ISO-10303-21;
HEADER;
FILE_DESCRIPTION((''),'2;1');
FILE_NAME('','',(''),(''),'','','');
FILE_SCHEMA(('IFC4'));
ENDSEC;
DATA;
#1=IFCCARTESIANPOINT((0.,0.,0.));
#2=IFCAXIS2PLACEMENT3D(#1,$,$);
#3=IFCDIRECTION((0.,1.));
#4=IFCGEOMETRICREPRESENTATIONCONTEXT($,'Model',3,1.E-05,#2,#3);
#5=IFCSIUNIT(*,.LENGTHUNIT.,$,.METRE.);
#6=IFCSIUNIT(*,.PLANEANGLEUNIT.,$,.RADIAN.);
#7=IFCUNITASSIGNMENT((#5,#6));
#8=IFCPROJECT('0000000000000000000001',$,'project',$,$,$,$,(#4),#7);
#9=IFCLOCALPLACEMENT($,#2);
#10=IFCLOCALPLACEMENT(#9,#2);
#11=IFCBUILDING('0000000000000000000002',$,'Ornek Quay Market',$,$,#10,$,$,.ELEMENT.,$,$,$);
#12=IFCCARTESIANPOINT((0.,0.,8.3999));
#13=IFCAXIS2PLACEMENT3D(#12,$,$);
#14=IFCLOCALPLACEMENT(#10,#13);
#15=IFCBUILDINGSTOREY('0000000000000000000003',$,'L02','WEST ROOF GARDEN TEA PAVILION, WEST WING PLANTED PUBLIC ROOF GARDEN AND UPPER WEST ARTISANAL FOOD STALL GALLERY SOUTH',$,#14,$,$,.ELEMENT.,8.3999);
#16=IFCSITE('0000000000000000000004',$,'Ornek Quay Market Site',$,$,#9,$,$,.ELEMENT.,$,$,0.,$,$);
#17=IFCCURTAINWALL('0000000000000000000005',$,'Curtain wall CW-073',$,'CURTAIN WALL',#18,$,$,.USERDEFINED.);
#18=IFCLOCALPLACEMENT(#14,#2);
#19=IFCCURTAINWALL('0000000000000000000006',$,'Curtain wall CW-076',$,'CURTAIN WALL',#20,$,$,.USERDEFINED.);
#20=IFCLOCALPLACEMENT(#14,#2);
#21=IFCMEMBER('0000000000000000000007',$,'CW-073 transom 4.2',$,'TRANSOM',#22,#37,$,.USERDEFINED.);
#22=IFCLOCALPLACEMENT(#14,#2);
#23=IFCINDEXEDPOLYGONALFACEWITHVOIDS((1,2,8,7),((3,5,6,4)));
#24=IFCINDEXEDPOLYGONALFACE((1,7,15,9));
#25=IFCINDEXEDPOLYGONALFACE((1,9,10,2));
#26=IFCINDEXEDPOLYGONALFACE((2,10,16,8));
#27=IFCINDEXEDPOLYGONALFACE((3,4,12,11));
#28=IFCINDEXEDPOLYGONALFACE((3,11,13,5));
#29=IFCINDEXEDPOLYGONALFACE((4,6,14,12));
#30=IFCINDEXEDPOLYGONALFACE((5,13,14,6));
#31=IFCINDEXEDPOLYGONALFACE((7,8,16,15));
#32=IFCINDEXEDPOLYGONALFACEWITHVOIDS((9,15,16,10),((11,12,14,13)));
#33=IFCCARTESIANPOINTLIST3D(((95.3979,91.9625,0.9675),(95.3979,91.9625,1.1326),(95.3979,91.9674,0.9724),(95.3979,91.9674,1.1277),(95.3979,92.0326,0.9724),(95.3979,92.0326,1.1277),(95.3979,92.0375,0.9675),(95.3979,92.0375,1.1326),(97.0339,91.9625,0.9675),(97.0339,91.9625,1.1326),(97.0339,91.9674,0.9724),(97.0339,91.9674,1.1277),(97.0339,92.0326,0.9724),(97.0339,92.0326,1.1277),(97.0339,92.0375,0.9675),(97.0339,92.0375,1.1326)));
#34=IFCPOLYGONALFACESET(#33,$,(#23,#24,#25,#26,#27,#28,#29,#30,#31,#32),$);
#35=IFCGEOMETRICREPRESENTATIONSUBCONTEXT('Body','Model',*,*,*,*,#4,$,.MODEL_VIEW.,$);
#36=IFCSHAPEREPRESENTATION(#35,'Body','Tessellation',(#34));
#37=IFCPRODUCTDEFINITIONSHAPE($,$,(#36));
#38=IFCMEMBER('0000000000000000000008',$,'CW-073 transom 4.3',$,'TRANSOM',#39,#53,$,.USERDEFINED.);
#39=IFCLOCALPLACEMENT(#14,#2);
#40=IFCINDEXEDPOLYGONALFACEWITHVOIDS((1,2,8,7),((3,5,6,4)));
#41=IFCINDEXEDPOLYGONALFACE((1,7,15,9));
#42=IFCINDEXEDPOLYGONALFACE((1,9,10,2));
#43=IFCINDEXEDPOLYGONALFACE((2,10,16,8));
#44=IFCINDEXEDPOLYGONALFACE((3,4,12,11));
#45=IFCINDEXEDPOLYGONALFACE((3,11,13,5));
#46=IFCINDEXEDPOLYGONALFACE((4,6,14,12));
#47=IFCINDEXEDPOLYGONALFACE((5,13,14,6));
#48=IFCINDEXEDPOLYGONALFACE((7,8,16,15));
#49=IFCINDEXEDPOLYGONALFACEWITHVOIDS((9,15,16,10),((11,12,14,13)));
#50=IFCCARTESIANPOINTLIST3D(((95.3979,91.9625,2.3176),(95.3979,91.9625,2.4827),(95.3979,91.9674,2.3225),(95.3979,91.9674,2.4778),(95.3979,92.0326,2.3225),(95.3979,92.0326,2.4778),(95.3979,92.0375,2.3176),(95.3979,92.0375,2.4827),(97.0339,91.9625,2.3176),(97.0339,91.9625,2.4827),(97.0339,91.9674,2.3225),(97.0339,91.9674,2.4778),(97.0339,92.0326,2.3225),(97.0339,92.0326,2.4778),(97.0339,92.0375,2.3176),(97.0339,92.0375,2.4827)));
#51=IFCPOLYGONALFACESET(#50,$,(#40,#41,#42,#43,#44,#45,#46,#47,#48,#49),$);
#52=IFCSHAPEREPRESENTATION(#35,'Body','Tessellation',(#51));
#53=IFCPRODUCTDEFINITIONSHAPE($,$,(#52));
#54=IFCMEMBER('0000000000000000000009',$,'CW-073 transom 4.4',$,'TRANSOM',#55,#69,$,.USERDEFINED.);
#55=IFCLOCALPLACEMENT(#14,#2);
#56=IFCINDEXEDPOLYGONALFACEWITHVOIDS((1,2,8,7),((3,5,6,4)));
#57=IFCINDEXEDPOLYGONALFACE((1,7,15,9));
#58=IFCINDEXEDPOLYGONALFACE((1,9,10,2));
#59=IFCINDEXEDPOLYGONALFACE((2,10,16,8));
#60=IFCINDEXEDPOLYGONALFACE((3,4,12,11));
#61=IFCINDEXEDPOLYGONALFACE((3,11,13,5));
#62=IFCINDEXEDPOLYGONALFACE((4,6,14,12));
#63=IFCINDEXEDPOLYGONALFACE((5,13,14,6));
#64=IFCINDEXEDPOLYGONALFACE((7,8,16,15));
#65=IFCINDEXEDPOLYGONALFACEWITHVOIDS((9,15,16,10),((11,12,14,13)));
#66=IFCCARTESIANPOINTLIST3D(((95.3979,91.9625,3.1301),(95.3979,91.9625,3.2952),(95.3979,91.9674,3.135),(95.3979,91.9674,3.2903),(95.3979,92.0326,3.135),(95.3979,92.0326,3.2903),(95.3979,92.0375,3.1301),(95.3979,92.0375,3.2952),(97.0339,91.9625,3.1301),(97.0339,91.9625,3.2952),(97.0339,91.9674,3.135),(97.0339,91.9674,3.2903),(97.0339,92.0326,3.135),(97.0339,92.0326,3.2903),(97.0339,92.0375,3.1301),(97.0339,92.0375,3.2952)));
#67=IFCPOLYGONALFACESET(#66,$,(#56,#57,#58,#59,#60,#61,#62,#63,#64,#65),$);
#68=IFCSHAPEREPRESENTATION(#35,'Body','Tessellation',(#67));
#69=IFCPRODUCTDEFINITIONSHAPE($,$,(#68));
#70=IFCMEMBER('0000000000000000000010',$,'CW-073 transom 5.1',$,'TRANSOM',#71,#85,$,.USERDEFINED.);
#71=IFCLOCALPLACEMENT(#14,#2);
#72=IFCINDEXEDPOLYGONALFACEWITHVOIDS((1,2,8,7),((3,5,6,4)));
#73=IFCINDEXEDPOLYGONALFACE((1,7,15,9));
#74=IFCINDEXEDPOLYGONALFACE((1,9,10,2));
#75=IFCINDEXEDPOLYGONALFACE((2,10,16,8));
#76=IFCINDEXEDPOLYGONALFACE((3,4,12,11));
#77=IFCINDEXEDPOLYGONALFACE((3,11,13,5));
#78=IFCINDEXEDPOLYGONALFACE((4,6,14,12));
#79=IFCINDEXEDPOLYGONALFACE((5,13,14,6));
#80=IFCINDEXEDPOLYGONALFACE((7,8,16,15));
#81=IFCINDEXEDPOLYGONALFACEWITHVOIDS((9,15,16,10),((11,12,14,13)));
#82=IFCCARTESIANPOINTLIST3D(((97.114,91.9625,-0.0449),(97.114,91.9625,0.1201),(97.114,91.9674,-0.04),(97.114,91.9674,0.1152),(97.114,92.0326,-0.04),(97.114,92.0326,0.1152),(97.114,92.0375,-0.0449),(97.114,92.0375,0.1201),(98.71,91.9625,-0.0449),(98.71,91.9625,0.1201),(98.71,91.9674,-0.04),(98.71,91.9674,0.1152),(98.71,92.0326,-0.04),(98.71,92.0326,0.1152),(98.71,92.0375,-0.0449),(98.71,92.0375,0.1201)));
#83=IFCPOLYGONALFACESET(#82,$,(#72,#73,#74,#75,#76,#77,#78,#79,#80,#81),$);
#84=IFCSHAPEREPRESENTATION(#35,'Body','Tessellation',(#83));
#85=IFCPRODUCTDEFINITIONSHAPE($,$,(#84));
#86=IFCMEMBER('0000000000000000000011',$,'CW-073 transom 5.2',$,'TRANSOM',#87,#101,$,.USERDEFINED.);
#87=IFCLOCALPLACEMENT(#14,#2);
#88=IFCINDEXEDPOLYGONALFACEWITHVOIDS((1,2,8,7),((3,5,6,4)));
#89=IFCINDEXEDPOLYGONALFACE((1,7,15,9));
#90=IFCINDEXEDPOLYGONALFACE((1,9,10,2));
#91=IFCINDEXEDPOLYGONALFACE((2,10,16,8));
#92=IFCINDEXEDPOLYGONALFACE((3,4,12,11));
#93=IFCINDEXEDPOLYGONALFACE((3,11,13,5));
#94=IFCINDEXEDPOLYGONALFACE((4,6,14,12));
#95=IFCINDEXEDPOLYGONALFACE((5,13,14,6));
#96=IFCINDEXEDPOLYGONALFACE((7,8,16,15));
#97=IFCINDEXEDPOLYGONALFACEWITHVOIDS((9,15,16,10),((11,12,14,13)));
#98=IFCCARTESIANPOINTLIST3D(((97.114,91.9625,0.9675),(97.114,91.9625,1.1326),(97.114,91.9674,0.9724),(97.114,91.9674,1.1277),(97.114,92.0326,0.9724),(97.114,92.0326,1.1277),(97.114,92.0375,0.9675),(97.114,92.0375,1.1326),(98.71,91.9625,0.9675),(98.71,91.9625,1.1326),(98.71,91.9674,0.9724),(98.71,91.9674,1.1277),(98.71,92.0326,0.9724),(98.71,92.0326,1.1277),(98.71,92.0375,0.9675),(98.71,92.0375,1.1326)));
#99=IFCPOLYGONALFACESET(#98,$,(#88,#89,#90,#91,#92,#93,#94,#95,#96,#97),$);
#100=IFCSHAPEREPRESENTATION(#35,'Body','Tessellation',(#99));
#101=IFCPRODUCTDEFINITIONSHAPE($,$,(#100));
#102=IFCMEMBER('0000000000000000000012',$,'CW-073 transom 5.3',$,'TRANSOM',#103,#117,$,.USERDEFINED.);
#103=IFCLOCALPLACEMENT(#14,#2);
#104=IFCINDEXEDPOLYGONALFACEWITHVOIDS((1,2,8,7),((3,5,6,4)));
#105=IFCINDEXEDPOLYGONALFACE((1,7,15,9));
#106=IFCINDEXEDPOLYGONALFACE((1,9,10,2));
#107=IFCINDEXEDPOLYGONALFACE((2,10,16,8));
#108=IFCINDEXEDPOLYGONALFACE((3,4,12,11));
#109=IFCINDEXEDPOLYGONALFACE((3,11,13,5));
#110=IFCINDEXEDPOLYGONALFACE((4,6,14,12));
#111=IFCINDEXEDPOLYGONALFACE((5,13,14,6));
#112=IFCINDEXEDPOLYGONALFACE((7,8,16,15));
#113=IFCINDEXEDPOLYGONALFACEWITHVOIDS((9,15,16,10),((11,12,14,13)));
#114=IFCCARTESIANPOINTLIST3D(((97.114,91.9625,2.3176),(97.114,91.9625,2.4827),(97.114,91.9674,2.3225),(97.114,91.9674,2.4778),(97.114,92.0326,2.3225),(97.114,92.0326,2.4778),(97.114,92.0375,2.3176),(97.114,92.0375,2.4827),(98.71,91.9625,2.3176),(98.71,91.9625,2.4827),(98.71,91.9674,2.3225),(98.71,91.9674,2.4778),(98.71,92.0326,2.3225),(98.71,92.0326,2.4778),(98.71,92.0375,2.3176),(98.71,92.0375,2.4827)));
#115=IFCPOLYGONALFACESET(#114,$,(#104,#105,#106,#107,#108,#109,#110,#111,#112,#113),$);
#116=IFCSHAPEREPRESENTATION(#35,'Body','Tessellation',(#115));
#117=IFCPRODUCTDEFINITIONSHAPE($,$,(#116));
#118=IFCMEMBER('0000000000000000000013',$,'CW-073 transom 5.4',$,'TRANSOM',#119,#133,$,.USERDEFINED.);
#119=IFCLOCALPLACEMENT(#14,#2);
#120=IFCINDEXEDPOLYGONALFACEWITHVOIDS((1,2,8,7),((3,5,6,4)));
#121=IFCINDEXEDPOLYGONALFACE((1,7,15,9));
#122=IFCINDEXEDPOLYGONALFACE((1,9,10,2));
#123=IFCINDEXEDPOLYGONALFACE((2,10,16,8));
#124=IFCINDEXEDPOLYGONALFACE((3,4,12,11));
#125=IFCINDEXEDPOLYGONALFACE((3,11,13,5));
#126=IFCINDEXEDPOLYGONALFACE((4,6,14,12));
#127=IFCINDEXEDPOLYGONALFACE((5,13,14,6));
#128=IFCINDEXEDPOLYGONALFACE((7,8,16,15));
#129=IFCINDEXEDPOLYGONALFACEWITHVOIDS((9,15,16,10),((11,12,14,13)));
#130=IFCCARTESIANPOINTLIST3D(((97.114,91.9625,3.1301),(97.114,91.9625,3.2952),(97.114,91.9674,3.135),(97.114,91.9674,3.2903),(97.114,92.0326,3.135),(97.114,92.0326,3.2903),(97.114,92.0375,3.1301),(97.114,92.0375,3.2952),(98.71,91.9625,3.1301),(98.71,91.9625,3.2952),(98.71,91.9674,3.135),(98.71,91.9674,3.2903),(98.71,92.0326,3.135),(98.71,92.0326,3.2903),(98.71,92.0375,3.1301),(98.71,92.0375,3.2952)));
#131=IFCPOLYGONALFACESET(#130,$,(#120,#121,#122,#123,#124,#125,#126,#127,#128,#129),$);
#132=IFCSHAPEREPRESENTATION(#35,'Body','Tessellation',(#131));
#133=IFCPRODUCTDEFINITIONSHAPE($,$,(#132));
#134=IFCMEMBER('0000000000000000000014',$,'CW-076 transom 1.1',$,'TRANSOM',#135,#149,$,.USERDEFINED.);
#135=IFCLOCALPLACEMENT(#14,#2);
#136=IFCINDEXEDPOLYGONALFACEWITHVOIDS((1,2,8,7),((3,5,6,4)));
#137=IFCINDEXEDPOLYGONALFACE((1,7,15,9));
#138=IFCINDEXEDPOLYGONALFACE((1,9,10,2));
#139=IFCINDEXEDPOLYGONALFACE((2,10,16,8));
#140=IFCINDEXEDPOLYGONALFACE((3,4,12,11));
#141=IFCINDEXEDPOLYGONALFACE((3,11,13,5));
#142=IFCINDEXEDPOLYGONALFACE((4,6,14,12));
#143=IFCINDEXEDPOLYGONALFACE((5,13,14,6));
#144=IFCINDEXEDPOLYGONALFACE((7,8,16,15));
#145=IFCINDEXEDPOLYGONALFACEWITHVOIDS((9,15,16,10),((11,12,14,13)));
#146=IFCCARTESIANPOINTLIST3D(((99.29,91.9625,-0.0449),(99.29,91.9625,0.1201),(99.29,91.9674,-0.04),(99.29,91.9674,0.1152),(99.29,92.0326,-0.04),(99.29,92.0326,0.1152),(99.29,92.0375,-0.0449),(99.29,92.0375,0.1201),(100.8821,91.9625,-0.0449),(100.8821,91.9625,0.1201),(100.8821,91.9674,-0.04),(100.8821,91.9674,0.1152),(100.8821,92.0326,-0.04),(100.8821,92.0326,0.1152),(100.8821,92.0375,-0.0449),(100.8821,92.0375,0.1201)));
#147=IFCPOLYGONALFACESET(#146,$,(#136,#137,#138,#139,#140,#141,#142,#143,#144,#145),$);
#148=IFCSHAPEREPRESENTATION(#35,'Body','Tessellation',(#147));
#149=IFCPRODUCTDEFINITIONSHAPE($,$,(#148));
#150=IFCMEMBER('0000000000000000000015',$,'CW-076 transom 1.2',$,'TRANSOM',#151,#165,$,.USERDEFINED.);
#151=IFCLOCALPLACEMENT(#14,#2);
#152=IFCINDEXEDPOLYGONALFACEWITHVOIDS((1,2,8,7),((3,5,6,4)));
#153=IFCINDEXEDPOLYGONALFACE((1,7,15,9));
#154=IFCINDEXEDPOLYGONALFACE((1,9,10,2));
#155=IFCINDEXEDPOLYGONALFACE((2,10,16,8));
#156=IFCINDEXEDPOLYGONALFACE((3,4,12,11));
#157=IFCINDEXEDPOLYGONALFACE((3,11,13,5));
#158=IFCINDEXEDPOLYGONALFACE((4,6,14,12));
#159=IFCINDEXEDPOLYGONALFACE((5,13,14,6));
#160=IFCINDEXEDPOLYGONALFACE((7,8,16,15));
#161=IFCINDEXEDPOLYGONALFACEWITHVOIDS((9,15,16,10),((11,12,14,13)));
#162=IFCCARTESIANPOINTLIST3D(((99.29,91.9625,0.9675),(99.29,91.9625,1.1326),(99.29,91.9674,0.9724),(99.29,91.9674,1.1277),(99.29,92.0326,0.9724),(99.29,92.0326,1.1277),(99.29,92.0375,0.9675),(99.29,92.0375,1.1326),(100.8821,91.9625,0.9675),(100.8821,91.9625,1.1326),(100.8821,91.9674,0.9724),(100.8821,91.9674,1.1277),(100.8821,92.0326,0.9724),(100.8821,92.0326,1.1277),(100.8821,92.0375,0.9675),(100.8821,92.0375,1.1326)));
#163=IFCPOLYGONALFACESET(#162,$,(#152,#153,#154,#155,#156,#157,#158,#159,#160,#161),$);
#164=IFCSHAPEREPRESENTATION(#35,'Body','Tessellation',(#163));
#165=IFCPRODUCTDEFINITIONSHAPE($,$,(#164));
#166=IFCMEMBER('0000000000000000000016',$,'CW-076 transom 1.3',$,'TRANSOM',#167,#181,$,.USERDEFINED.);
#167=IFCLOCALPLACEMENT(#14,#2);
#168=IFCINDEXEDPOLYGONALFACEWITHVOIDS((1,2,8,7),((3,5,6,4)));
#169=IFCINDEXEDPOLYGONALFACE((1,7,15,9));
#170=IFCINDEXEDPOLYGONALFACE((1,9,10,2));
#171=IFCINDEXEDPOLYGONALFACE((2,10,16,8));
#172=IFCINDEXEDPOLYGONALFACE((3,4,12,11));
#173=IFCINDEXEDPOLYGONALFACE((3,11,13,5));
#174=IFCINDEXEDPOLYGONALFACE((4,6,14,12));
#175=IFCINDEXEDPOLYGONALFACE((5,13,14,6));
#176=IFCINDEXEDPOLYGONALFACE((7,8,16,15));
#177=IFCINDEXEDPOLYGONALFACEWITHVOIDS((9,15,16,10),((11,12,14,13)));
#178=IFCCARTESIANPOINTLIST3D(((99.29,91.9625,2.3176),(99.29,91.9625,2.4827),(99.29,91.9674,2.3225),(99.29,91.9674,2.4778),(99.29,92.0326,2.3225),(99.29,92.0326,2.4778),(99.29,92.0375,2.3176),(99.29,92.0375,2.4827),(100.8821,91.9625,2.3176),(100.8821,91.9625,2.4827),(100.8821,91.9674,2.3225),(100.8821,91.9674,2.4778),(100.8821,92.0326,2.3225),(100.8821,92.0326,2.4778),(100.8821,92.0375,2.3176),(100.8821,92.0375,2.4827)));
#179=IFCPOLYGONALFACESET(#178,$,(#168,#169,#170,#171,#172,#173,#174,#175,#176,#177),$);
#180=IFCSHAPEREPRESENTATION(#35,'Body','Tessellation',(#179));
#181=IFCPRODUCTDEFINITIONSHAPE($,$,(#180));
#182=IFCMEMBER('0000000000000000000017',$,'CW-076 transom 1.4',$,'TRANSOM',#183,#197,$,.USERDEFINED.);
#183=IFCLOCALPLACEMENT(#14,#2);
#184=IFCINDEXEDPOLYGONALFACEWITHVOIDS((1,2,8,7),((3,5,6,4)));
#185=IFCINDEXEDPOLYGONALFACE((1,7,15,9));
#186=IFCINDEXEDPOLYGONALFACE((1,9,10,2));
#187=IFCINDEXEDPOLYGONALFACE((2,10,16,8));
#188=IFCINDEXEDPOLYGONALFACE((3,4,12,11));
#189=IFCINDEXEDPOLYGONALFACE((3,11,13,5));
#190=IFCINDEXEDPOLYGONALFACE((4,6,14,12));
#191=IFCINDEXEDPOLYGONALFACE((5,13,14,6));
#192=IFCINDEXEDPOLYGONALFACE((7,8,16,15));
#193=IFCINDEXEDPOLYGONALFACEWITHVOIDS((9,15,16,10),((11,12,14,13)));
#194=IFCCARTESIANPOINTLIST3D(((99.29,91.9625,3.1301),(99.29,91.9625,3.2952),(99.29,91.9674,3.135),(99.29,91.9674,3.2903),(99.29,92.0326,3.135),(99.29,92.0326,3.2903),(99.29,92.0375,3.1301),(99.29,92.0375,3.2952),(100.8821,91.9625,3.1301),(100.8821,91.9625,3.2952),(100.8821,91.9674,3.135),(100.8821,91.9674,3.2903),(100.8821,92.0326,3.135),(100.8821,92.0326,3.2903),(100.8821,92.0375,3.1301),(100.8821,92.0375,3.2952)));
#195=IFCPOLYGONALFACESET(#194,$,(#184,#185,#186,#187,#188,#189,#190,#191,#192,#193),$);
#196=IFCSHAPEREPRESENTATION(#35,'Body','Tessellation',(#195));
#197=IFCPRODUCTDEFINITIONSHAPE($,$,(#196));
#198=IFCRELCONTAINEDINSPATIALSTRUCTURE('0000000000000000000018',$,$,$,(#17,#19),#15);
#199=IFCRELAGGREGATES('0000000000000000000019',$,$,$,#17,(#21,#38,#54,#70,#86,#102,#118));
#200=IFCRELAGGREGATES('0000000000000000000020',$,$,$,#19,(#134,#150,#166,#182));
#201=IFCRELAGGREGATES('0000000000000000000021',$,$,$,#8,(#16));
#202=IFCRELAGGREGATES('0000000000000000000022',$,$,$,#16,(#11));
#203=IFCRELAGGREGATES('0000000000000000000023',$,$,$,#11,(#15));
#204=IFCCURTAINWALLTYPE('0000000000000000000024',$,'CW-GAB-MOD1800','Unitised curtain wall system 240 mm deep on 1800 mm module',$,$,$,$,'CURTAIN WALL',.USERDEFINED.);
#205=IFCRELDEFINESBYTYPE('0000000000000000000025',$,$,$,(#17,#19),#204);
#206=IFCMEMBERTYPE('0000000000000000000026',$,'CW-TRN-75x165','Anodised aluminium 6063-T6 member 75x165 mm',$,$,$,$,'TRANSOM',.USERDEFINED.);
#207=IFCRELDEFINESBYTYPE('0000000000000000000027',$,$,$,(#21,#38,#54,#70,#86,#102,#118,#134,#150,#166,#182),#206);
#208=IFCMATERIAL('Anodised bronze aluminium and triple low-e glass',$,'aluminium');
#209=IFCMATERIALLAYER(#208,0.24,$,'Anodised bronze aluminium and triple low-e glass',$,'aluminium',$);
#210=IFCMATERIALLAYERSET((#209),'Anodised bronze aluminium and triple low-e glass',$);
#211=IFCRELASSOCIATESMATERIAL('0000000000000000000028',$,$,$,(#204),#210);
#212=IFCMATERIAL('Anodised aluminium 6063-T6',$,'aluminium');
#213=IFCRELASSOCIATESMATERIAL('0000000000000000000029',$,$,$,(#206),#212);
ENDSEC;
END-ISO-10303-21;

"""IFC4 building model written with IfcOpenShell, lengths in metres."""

from ifc_helpers import new_model, si_unit, direction, frame, origin, origin_2d, place, context, subcontext, project, spatial, hollow_rectangle, extrude, material, layer, layer_set, material_profile, profile_set, type_object, element, aggregate, save


model = new_model("IFC4")

# Units and contexts
model_context = context("Model", 3, precision=1e-05, world=origin(), true_north=direction((0.0, 1.0)))
body_context = subcontext(model_context, "Body", "Model", "MODEL_VIEW")
ifc_project = project(units=[si_unit("LENGTHUNIT", "METRE"), si_unit("PLANEANGLEUNIT", "RADIAN")], contexts=[model_context])

# Site, building, storey
site_placement = place(None, origin())
site = spatial("IfcSite", under=ifc_project, at=site_placement, Name="Ornek Quay Market Site", CompositionType="ELEMENT", RefElevation=0.0)
building_placement = place(site_placement, origin())
building = spatial("IfcBuilding", under=site, at=building_placement, Name="Ornek Quay Market", CompositionType="ELEMENT")
storey_placement = place(building_placement, frame((0.0, 0.0, 8.3999)))
storey = spatial("IfcBuildingStorey", under=building, at=storey_placement, Name="L02", Description="WEST ROOF GARDEN TEA PAVILION, WEST WING PLANTED PUBLIC ROOF GARDEN AND UPPER WEST ARTISANAL FOOD STALL GALLERY SOUTH", CompositionType="ELEMENT", Elevation=8.3999)

# Curtain wall
ifc_material_1 = material(Name="Anodised bronze aluminium and triple low-e glass", Category="aluminium")
ifc_layer_1 = layer(ifc_material_1, 0.24, Name="Anodised bronze aluminium and triple low-e glass", Category="aluminium")
ifc_layer_set_1 = layer_set([ifc_layer_1], Name="Anodised bronze aluminium and triple low-e glass")
curtain_wall_type = type_object("IfcCurtainWallType", Name="CW-GAB-MOD1800", Description="Unitised curtain wall system 240 mm deep on 1800 mm module", ElementType="CURTAIN WALL", PredefinedType="USERDEFINED", material=ifc_layer_set_1)
curtain_wall_1_placement = place(storey_placement, origin())
curtain_wall_1 = element("IfcCurtainWall", 1, at=curtain_wall_1_placement, inside=storey, type_object=curtain_wall_type, Name="Curtain wall CW-073", ObjectType="CURTAIN WALL", PredefinedType="USERDEFINED")
ifc_material_2 = material(Name="Anodised aluminium 6063-T6", Category="aluminium")

# Curtain wall
curtain_wall_2_placement = place(storey_placement, origin())
curtain_wall_2 = element("IfcCurtainWall", 2, at=curtain_wall_2_placement, inside=storey, type_object=curtain_wall_type, Name="Curtain wall CW-076", ObjectType="CURTAIN WALL", PredefinedType="USERDEFINED")

# Members
ifc_material_profile_1 = material_profile(ifc_material_2, hollow_rectangle(XDim=0.075, YDim=0.165, WallThickness=0.0049, at=origin_2d()), Name="CW-TRN-75x165", Category="aluminium")
ifc_profile_set_1 = profile_set([ifc_material_profile_1], Name="Anodised aluminium 6063-T6")
member_type_1 = type_object("IfcMemberType", Name="CW-TRN-75x165", Description="Anodised aluminium 6063-T6 member 75x165 mm", ElementType="TRANSOM", PredefinedType="USERDEFINED", material=ifc_profile_set_1)
member_1_placement = place(storey_placement, frame((95.3979, 92.0, 1.05), z_axis=(1.0, 0.0, 0.0), x_axis=(0.0, 1.0, 0.0)))
member_1 = element("IfcMember", 3, at=member_1_placement, type_object=member_type_1, Name="CW-073 transom 4.2", ObjectType="TRANSOM", PredefinedType="USERDEFINED", context=body_context, shape_type="SweptSolid", body=[
    extrude(hollow_rectangle(XDim=0.075, YDim=0.165, WallThickness=0.0049, at=origin_2d()), origin(), (0.0, 0.0, 1.0), 1.636),
])
member_2_placement = place(storey_placement, frame((95.3979, 92.0, 2.4001), z_axis=(1.0, 0.0, 0.0), x_axis=(0.0, 1.0, 0.0)))
member_2 = element("IfcMember", 4, at=member_2_placement, type_object=member_type_1, Name="CW-073 transom 4.3", ObjectType="TRANSOM", PredefinedType="USERDEFINED", context=body_context, shape_type="SweptSolid", body=[
    extrude(hollow_rectangle(XDim=0.075, YDim=0.165, WallThickness=0.0049, at=origin_2d()), origin(), (0.0, 0.0, 1.0), 1.636),
])
member_3_placement = place(storey_placement, frame((95.3979, 92.0, 3.2126), z_axis=(1.0, 0.0, 0.0), x_axis=(0.0, 1.0, 0.0)))
member_3 = element("IfcMember", 5, at=member_3_placement, type_object=member_type_1, Name="CW-073 transom 4.4", ObjectType="TRANSOM", PredefinedType="USERDEFINED", context=body_context, shape_type="SweptSolid", body=[
    extrude(hollow_rectangle(XDim=0.075, YDim=0.165, WallThickness=0.0049, at=origin_2d()), origin(), (0.0, 0.0, 1.0), 1.636),
])
member_4_placement = place(storey_placement, frame((97.114, 92.0, 0.0376), z_axis=(1.0, 0.0, 0.0), x_axis=(0.0, 1.0, 0.0)))
member_4 = element("IfcMember", 6, at=member_4_placement, type_object=member_type_1, Name="CW-073 transom 5.1", ObjectType="TRANSOM", PredefinedType="USERDEFINED", context=body_context, shape_type="SweptSolid", body=[
    extrude(hollow_rectangle(XDim=0.075, YDim=0.165, WallThickness=0.0049, at=origin_2d()), origin(), (0.0, 0.0, 1.0), 1.5959),
])
member_5_placement = place(storey_placement, frame((97.114, 92.0, 1.05), z_axis=(1.0, 0.0, 0.0), x_axis=(0.0, 1.0, 0.0)))
member_5 = element("IfcMember", 7, at=member_5_placement, type_object=member_type_1, Name="CW-073 transom 5.2", ObjectType="TRANSOM", PredefinedType="USERDEFINED", context=body_context, shape_type="SweptSolid", body=[
    extrude(hollow_rectangle(XDim=0.075, YDim=0.165, WallThickness=0.0049, at=origin_2d()), origin(), (0.0, 0.0, 1.0), 1.5959),
])
member_6_placement = place(storey_placement, frame((97.114, 92.0, 2.4001), z_axis=(1.0, 0.0, 0.0), x_axis=(0.0, 1.0, 0.0)))
member_6 = element("IfcMember", 8, at=member_6_placement, type_object=member_type_1, Name="CW-073 transom 5.3", ObjectType="TRANSOM", PredefinedType="USERDEFINED", context=body_context, shape_type="SweptSolid", body=[
    extrude(hollow_rectangle(XDim=0.075, YDim=0.165, WallThickness=0.0049, at=origin_2d()), origin(), (0.0, 0.0, 1.0), 1.5959),
])
member_7_placement = place(storey_placement, frame((97.114, 92.0, 3.2126), z_axis=(1.0, 0.0, 0.0), x_axis=(0.0, 1.0, 0.0)))
member_7 = element("IfcMember", 9, at=member_7_placement, type_object=member_type_1, Name="CW-073 transom 5.4", ObjectType="TRANSOM", PredefinedType="USERDEFINED", context=body_context, shape_type="SweptSolid", body=[
    extrude(hollow_rectangle(XDim=0.075, YDim=0.165, WallThickness=0.0049, at=origin_2d()), origin(), (0.0, 0.0, 1.0), 1.5959),
])
member_8_placement = place(storey_placement, frame((99.29, 92.0, 0.0376), z_axis=(1.0, 0.0, 0.0), x_axis=(0.0, 1.0, 0.0)))
member_8 = element("IfcMember", 10, at=member_8_placement, type_object=member_type_1, Name="CW-076 transom 1.1", ObjectType="TRANSOM", PredefinedType="USERDEFINED", context=body_context, shape_type="SweptSolid", body=[
    extrude(hollow_rectangle(XDim=0.075, YDim=0.165, WallThickness=0.0049, at=origin_2d()), origin(), (0.0, 0.0, 1.0), 1.592),
])
member_9_placement = place(storey_placement, frame((99.29, 92.0, 1.05), z_axis=(1.0, 0.0, 0.0), x_axis=(0.0, 1.0, 0.0)))
member_9 = element("IfcMember", 11, at=member_9_placement, type_object=member_type_1, Name="CW-076 transom 1.2", ObjectType="TRANSOM", PredefinedType="USERDEFINED", context=body_context, shape_type="SweptSolid", body=[
    extrude(hollow_rectangle(XDim=0.075, YDim=0.165, WallThickness=0.0049, at=origin_2d()), origin(), (0.0, 0.0, 1.0), 1.592),
])
member_10_placement = place(storey_placement, frame((99.29, 92.0, 2.4001), z_axis=(1.0, 0.0, 0.0), x_axis=(0.0, 1.0, 0.0)))
member_10 = element("IfcMember", 12, at=member_10_placement, type_object=member_type_1, Name="CW-076 transom 1.3", ObjectType="TRANSOM", PredefinedType="USERDEFINED", context=body_context, shape_type="SweptSolid", body=[
    extrude(hollow_rectangle(XDim=0.075, YDim=0.165, WallThickness=0.0049, at=origin_2d()), origin(), (0.0, 0.0, 1.0), 1.592),
])
member_11_placement = place(storey_placement, frame((99.29, 92.0, 3.2126), z_axis=(1.0, 0.0, 0.0), x_axis=(0.0, 1.0, 0.0)))
member_11 = element("IfcMember", 13, at=member_11_placement, type_object=member_type_1, Name="CW-076 transom 1.4", ObjectType="TRANSOM", PredefinedType="USERDEFINED", context=body_context, shape_type="SweptSolid", body=[
    extrude(hollow_rectangle(XDim=0.075, YDim=0.165, WallThickness=0.0049, at=origin_2d()), origin(), (0.0, 0.0, 1.0), 1.592),
])

aggregate(curtain_wall_1, [member_1, member_2, member_3, member_4, member_5, member_6, member_7])
aggregate(curtain_wall_2, [member_8, member_9, member_10, member_11])

save(model, "model.ifc")
